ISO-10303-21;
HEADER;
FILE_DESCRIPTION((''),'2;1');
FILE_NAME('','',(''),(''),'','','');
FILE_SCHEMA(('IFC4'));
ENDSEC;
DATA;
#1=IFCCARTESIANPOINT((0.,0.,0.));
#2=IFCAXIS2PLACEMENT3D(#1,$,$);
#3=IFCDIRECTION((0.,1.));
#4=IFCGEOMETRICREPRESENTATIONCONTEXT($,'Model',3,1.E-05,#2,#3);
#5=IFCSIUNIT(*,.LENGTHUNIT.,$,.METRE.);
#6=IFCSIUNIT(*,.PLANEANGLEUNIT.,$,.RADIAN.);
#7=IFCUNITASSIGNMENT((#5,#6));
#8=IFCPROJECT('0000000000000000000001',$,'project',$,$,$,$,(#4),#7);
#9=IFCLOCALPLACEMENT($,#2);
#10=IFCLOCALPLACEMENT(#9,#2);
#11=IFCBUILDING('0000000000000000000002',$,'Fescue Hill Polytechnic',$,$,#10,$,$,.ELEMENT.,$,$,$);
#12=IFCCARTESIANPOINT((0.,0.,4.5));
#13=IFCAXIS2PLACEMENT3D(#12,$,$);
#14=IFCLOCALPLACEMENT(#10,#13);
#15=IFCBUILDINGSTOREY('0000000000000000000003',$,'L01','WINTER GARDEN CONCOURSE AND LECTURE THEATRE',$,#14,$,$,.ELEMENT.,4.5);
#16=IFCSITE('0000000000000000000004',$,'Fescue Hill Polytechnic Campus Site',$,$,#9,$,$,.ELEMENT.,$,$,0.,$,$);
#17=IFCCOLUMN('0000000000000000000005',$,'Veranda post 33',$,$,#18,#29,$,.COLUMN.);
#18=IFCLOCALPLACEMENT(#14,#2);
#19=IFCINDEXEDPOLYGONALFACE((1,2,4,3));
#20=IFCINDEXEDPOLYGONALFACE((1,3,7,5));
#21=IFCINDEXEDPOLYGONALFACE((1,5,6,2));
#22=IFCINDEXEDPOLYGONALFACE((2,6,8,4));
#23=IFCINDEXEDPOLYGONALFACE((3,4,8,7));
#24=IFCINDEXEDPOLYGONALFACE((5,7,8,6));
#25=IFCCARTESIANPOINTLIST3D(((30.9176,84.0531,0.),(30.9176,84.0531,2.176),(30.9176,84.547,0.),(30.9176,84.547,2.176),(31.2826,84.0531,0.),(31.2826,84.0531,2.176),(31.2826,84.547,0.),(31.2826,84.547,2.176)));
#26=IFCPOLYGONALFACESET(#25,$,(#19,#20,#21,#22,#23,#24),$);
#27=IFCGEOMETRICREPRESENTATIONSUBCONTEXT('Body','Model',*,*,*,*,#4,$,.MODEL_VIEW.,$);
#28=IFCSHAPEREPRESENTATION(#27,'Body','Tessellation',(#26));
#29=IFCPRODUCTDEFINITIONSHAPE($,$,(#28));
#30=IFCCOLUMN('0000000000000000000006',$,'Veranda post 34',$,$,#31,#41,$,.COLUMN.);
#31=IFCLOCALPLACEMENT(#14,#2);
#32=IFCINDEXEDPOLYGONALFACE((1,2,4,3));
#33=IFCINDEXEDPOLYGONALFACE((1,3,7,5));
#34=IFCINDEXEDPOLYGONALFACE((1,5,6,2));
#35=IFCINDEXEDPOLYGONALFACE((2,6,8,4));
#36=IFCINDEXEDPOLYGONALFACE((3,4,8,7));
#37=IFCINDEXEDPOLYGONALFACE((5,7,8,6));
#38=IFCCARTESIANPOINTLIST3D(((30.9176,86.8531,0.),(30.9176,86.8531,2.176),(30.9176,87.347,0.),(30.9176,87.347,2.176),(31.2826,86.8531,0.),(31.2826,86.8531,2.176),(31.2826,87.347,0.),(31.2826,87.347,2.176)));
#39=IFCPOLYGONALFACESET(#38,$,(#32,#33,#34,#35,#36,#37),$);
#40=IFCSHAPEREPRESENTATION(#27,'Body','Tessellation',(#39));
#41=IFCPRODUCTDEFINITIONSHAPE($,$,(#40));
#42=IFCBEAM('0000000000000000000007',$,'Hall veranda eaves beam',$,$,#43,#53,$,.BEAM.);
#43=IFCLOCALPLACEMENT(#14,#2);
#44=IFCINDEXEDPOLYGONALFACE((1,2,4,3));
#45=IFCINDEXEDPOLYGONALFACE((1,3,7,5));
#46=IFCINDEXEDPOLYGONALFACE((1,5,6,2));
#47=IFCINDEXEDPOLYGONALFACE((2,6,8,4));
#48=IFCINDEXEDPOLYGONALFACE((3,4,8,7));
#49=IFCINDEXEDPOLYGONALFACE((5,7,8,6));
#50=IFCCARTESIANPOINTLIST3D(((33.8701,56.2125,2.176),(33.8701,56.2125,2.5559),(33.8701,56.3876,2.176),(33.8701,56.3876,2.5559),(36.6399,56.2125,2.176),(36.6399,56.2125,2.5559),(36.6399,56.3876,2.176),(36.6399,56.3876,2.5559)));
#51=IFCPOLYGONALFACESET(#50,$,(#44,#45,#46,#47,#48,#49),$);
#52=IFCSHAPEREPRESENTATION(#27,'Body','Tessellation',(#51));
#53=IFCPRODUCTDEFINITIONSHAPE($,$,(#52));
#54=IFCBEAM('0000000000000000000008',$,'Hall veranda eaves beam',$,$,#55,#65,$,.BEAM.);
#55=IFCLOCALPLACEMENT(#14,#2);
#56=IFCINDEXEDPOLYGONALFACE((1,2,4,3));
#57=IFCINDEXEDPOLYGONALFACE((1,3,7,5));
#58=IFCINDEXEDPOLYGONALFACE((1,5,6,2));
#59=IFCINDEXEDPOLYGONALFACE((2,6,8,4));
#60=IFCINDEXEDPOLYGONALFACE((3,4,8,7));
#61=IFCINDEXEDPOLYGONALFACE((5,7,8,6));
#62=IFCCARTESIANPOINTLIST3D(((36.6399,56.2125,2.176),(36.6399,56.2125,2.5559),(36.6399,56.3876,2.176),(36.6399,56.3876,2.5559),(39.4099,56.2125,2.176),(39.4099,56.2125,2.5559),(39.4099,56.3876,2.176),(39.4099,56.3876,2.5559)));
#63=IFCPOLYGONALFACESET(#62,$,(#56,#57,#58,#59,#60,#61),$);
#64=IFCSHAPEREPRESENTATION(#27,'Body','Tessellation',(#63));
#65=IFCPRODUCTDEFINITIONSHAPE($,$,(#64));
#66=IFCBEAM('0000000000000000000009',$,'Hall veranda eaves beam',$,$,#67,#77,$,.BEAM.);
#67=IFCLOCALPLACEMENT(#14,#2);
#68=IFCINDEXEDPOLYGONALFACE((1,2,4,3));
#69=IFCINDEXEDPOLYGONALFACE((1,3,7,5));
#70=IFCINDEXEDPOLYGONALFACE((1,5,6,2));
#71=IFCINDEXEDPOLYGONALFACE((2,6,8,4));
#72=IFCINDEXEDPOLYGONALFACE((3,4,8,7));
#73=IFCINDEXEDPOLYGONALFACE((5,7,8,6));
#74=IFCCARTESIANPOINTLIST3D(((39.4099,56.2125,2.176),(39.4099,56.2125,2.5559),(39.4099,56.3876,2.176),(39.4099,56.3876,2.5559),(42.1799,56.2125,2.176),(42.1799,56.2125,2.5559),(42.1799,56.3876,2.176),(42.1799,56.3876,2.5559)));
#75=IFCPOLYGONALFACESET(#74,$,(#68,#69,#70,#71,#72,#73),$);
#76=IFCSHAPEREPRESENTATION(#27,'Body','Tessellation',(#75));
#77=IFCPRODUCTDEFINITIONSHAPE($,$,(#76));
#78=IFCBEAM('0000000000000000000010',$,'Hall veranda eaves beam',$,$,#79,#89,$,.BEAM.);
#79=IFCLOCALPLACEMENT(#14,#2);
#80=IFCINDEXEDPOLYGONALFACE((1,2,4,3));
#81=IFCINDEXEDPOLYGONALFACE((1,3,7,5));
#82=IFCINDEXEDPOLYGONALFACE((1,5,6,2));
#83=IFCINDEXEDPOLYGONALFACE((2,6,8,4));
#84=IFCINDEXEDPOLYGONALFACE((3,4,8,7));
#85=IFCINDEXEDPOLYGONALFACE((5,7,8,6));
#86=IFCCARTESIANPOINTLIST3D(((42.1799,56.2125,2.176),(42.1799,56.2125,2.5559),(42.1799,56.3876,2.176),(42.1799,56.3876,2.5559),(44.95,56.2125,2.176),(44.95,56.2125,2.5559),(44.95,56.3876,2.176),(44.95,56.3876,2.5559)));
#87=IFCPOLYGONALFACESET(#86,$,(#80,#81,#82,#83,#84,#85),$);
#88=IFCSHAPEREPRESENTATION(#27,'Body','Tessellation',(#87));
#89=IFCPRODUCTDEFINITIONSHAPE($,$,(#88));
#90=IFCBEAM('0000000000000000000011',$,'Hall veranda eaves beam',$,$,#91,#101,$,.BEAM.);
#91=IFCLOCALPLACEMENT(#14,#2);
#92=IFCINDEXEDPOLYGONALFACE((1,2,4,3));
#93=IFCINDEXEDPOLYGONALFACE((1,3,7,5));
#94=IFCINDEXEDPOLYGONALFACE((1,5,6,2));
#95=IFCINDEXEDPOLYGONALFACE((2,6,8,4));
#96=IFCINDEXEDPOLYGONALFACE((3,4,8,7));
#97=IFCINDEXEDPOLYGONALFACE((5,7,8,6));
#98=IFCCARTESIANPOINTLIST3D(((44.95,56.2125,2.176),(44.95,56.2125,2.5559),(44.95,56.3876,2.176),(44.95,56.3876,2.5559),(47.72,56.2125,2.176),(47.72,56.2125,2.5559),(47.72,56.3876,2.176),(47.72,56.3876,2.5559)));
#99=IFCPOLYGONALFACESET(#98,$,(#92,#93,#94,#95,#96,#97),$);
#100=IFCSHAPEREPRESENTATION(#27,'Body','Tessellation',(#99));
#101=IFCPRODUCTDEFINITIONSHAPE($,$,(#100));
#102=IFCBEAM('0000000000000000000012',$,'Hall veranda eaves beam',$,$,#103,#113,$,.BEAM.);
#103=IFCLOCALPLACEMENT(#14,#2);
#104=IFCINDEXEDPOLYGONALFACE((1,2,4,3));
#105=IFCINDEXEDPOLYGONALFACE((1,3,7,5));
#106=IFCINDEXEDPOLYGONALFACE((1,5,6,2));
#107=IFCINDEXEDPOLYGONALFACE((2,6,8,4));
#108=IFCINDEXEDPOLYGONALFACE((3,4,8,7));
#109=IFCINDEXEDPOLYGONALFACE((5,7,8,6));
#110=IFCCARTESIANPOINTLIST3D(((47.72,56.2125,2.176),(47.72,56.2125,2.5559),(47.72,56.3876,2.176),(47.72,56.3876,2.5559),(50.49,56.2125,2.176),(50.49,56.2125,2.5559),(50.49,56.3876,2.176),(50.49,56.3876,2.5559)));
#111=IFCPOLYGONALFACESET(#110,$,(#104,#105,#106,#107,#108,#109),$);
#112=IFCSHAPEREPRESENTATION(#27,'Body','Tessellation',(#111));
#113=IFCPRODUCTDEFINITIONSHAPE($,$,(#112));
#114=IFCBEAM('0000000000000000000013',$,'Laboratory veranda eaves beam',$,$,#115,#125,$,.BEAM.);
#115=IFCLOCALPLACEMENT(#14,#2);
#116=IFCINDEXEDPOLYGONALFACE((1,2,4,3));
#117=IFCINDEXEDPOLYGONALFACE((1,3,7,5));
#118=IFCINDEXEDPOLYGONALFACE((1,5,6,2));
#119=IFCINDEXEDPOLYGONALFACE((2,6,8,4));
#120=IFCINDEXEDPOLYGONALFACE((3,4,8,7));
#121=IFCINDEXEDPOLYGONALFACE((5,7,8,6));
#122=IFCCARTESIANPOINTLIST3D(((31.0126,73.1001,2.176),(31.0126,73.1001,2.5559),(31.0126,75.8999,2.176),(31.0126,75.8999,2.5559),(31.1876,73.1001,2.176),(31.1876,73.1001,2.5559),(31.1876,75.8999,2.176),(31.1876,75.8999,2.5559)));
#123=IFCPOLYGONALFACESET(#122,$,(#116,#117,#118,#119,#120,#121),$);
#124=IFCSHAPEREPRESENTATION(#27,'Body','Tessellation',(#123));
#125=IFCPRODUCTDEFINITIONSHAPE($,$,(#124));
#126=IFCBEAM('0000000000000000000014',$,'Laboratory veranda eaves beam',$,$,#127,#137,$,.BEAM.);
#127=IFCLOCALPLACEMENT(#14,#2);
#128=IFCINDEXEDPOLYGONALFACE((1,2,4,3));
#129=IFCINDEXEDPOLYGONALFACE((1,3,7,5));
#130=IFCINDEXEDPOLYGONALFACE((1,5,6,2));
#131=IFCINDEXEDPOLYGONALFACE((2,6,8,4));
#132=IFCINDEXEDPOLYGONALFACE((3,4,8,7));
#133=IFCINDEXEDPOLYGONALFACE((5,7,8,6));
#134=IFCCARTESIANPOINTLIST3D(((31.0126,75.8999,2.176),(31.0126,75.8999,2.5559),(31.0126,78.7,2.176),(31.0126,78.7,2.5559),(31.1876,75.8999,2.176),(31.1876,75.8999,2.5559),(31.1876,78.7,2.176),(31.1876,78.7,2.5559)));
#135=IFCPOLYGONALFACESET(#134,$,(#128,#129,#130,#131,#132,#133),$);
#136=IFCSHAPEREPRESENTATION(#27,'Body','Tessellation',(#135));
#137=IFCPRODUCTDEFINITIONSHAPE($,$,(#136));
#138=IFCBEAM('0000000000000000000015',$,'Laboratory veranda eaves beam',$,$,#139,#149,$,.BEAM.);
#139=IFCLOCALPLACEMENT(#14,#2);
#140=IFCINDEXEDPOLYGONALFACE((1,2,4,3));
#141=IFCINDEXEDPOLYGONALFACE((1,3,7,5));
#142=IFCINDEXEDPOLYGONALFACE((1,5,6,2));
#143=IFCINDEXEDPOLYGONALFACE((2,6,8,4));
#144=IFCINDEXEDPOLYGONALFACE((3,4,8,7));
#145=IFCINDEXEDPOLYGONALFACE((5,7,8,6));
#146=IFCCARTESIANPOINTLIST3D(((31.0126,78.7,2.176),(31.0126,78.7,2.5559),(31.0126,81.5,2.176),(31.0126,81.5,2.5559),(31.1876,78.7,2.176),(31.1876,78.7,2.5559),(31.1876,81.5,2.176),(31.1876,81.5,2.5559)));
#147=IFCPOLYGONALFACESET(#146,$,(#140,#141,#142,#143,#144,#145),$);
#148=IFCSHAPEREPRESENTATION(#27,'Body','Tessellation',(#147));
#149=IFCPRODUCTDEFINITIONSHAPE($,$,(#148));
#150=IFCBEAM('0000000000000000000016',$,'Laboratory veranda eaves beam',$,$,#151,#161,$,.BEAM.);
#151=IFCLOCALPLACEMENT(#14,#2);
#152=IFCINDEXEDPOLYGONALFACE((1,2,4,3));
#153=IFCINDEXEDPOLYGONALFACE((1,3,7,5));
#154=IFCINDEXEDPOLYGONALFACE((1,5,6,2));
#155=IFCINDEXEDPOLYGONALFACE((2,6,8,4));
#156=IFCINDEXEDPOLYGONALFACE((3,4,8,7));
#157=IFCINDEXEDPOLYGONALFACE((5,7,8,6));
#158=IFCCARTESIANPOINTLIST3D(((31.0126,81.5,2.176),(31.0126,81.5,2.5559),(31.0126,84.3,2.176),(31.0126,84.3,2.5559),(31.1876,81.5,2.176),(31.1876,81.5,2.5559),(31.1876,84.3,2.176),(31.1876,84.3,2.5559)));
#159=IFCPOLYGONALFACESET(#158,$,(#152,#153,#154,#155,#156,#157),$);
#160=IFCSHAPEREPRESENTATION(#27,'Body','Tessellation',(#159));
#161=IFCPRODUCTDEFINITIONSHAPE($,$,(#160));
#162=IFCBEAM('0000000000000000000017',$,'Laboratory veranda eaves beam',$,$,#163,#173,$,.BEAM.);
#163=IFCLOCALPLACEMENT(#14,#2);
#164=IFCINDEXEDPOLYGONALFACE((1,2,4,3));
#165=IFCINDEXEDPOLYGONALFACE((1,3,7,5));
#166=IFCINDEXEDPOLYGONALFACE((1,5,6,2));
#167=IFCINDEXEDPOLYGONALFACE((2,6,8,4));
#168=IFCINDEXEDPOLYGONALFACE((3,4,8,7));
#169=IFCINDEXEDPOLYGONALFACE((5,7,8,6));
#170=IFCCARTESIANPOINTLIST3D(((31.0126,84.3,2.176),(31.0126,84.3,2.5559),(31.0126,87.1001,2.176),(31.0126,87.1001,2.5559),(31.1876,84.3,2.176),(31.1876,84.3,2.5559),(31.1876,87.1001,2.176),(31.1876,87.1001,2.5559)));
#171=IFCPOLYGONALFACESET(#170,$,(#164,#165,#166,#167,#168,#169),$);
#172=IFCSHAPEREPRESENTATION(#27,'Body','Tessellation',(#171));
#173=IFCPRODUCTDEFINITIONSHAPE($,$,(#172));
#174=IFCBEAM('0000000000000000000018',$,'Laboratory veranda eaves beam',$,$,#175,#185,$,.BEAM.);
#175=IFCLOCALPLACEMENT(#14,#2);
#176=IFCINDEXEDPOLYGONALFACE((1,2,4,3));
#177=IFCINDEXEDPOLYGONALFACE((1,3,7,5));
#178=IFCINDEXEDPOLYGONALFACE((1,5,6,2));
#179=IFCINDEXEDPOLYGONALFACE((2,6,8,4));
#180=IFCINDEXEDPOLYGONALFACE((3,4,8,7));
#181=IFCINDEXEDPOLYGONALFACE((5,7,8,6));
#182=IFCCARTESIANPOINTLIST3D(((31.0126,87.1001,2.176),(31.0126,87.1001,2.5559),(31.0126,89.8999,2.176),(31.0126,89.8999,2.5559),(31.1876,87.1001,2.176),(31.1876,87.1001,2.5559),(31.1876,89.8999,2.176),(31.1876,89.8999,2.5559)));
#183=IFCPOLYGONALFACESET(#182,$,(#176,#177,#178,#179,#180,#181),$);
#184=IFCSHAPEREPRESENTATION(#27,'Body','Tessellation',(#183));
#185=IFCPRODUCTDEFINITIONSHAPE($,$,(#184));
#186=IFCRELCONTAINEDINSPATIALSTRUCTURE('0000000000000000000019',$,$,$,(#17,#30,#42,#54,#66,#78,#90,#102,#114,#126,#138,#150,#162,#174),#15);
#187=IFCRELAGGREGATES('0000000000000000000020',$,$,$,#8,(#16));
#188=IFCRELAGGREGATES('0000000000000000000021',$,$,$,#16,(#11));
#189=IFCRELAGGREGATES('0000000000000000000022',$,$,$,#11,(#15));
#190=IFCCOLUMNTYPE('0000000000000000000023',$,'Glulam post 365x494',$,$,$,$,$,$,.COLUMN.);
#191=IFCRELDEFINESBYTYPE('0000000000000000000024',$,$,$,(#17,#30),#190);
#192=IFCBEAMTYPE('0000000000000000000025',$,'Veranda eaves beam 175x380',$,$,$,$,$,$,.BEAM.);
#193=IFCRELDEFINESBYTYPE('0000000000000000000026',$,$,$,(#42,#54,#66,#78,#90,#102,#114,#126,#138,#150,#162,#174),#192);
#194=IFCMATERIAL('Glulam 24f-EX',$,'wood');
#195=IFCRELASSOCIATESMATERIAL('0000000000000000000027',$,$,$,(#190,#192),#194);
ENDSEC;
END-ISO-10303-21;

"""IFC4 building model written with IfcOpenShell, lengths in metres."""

from ifc_helpers import new_model, si_unit, direction, frame, origin, origin_2d, place, context, subcontext, project, spatial, rectangle, extrude, material, material_profile, profile_set, type_object, element, save


model = new_model("IFC4")

# Units and contexts
model_context = context("Model", 3, precision=1e-05, world=origin(), true_north=direction((0.0, 1.0)))
body_context = subcontext(model_context, "Body", "Model", "MODEL_VIEW")
ifc_project = project(units=[si_unit("LENGTHUNIT", "METRE"), si_unit("PLANEANGLEUNIT", "RADIAN")], contexts=[model_context])

# Site, building, storey
site_placement = place(None, origin())
site = spatial("IfcSite", under=ifc_project, at=site_placement, Name="Fescue Hill Polytechnic Campus Site", CompositionType="ELEMENT", RefElevation=0.0)
building_placement = place(site_placement, origin())
building = spatial("IfcBuilding", under=site, at=building_placement, Name="Fescue Hill Polytechnic", CompositionType="ELEMENT")
storey_placement = place(building_placement, frame((0.0, 0.0, 4.5)))
storey = spatial("IfcBuildingStorey", under=building, at=storey_placement, Name="L01", Description="WINTER GARDEN CONCOURSE AND LECTURE THEATRE", CompositionType="ELEMENT", Elevation=4.5)

# Columns
ifc_material_1 = material(Name="Glulam 24f-EX", Category="wood")
ifc_material_profile_1 = material_profile(ifc_material_1, rectangle(XDim=0.365, YDim=0.4939, at=origin_2d()), Name="Glulam post 365x494")
ifc_profile_set_1 = profile_set([ifc_material_profile_1], Name="Glulam 24f-EX")
column_type = type_object("IfcColumnType", Name="Glulam post 365x494", PredefinedType="COLUMN", material=ifc_profile_set_1)
for number, where, z_axis, x_axis, name in (
    (1, (31.1001, 84.3, 0.0), (0.0, 0.0, 1.0), (1.0, 0.0, 0.0), "Veranda post 33"),
    (2, (31.1001, 87.1001, 0.0), (0.0, 0.0, 1.0), (1.0, 0.0, 0.0), "Veranda post 34"),
):
    element("IfcColumn", number, at=place(storey_placement, frame(where, z_axis=z_axis, x_axis=x_axis)), inside=storey, type_object=column_type, Name=name, PredefinedType="COLUMN", context=body_context, shape_type="SweptSolid", body=[
        extrude(rectangle(XDim=0.365, YDim=0.4939, at=origin_2d()), origin(), (0.0, 0.0, 1.0), 2.176),
    ])

# Beams
ifc_material_profile_2 = material_profile(ifc_material_1, rectangle(XDim=0.175, YDim=0.3799, at=origin_2d()), Name="Veranda eaves beam 175x380")
ifc_profile_set_2 = profile_set([ifc_material_profile_2], Name="Glulam 24f-EX")
beam_type = type_object("IfcBeamType", Name="Veranda eaves beam 175x380", PredefinedType="BEAM", material=ifc_profile_set_2)
beam_1_placement = place(storey_placement, frame((33.8701, 56.3, 2.366), z_axis=(1.0, 0.0, 0.0), x_axis=(0.0, 1.0, 0.0)))
element("IfcBeam", 3, at=beam_1_placement, inside=storey, type_object=beam_type, Name="Hall veranda eaves beam", PredefinedType="BEAM", context=body_context, shape_type="SweptSolid", body=[
    extrude(rectangle(XDim=0.175, YDim=0.3799, at=origin_2d()), origin(), (0.0, 0.0, 1.0), 2.7698),
])
for number, where, z_axis, x_axis, name in (
    (4, (36.6399, 56.3, 2.366), (1.0, 0.0, 0.0), (0.0, 1.0, 0.0), "Hall veranda eaves beam"),
    (5, (39.4099, 56.3, 2.366), (1.0, 0.0, 0.0), (0.0, 1.0, 0.0), "Hall veranda eaves beam"),
    (6, (42.1799, 56.3, 2.366), (1.0, 0.0, 0.0), (0.0, 1.0, 0.0), "Hall veranda eaves beam"),
    (7, (44.95, 56.3, 2.366), (1.0, 0.0, 0.0), (0.0, 1.0, 0.0), "Hall veranda eaves beam"),
    (8, (47.72, 56.3, 2.366), (1.0, 0.0, 0.0), (0.0, 1.0, 0.0), "Hall veranda eaves beam"),
):
    element("IfcBeam", number, at=place(storey_placement, frame(where, z_axis=z_axis, x_axis=x_axis)), inside=storey, type_object=beam_type, Name=name, PredefinedType="BEAM", context=body_context, shape_type="SweptSolid", body=[
        extrude(rectangle(XDim=0.175, YDim=0.3799, at=origin_2d()), origin(), (0.0, 0.0, 1.0), 2.77),
    ])
beam_2_placement = place(storey_placement, frame((31.1001, 73.1001, 2.366), z_axis=(0.0, 1.0, 0.0), x_axis=(-1.0, 0.0, 0.0)))
element("IfcBeam", 9, at=beam_2_placement, inside=storey, type_object=beam_type, Name="Laboratory veranda eaves beam", PredefinedType="BEAM", context=body_context, shape_type="SweptSolid", body=[
    extrude(rectangle(XDim=0.175, YDim=0.3799, at=origin_2d()), origin(), (0.0, 0.0, 1.0), 2.7998),
])
for number, where, z_axis, x_axis, name in (
    (10, (31.1001, 75.8999, 2.366), (0.0, 1.0, 0.0), (-1.0, 0.0, 0.0), "Laboratory veranda eaves beam"),
    (11, (31.1001, 78.7, 2.366), (0.0, 1.0, 0.0), (-1.0, 0.0, 0.0), "Laboratory veranda eaves beam"),
    (12, (31.1001, 81.5, 2.366), (0.0, 1.0, 0.0), (-1.0, 0.0, 0.0), "Laboratory veranda eaves beam"),
    (13, (31.1001, 84.3, 2.366), (0.0, 1.0, 0.0), (-1.0, 0.0, 0.0), "Laboratory veranda eaves beam"),
):
    element("IfcBeam", number, at=place(storey_placement, frame(where, z_axis=z_axis, x_axis=x_axis)), inside=storey, type_object=beam_type, Name=name, PredefinedType="BEAM", context=body_context, shape_type="SweptSolid", body=[
        extrude(rectangle(XDim=0.175, YDim=0.3799, at=origin_2d()), origin(), (0.0, 0.0, 1.0), 2.8),
    ])
beam_3_placement = place(storey_placement, frame((31.1001, 87.1001, 2.366), z_axis=(0.0, 1.0, 0.0), x_axis=(-1.0, 0.0, 0.0)))
element("IfcBeam", 14, at=beam_3_placement, inside=storey, type_object=beam_type, Name="Laboratory veranda eaves beam", PredefinedType="BEAM", context=body_context, shape_type="SweptSolid", body=[
    extrude(rectangle(XDim=0.175, YDim=0.3799, at=origin_2d()), origin(), (0.0, 0.0, 1.0), 2.7998),
])

save(model, "model.ifc")
